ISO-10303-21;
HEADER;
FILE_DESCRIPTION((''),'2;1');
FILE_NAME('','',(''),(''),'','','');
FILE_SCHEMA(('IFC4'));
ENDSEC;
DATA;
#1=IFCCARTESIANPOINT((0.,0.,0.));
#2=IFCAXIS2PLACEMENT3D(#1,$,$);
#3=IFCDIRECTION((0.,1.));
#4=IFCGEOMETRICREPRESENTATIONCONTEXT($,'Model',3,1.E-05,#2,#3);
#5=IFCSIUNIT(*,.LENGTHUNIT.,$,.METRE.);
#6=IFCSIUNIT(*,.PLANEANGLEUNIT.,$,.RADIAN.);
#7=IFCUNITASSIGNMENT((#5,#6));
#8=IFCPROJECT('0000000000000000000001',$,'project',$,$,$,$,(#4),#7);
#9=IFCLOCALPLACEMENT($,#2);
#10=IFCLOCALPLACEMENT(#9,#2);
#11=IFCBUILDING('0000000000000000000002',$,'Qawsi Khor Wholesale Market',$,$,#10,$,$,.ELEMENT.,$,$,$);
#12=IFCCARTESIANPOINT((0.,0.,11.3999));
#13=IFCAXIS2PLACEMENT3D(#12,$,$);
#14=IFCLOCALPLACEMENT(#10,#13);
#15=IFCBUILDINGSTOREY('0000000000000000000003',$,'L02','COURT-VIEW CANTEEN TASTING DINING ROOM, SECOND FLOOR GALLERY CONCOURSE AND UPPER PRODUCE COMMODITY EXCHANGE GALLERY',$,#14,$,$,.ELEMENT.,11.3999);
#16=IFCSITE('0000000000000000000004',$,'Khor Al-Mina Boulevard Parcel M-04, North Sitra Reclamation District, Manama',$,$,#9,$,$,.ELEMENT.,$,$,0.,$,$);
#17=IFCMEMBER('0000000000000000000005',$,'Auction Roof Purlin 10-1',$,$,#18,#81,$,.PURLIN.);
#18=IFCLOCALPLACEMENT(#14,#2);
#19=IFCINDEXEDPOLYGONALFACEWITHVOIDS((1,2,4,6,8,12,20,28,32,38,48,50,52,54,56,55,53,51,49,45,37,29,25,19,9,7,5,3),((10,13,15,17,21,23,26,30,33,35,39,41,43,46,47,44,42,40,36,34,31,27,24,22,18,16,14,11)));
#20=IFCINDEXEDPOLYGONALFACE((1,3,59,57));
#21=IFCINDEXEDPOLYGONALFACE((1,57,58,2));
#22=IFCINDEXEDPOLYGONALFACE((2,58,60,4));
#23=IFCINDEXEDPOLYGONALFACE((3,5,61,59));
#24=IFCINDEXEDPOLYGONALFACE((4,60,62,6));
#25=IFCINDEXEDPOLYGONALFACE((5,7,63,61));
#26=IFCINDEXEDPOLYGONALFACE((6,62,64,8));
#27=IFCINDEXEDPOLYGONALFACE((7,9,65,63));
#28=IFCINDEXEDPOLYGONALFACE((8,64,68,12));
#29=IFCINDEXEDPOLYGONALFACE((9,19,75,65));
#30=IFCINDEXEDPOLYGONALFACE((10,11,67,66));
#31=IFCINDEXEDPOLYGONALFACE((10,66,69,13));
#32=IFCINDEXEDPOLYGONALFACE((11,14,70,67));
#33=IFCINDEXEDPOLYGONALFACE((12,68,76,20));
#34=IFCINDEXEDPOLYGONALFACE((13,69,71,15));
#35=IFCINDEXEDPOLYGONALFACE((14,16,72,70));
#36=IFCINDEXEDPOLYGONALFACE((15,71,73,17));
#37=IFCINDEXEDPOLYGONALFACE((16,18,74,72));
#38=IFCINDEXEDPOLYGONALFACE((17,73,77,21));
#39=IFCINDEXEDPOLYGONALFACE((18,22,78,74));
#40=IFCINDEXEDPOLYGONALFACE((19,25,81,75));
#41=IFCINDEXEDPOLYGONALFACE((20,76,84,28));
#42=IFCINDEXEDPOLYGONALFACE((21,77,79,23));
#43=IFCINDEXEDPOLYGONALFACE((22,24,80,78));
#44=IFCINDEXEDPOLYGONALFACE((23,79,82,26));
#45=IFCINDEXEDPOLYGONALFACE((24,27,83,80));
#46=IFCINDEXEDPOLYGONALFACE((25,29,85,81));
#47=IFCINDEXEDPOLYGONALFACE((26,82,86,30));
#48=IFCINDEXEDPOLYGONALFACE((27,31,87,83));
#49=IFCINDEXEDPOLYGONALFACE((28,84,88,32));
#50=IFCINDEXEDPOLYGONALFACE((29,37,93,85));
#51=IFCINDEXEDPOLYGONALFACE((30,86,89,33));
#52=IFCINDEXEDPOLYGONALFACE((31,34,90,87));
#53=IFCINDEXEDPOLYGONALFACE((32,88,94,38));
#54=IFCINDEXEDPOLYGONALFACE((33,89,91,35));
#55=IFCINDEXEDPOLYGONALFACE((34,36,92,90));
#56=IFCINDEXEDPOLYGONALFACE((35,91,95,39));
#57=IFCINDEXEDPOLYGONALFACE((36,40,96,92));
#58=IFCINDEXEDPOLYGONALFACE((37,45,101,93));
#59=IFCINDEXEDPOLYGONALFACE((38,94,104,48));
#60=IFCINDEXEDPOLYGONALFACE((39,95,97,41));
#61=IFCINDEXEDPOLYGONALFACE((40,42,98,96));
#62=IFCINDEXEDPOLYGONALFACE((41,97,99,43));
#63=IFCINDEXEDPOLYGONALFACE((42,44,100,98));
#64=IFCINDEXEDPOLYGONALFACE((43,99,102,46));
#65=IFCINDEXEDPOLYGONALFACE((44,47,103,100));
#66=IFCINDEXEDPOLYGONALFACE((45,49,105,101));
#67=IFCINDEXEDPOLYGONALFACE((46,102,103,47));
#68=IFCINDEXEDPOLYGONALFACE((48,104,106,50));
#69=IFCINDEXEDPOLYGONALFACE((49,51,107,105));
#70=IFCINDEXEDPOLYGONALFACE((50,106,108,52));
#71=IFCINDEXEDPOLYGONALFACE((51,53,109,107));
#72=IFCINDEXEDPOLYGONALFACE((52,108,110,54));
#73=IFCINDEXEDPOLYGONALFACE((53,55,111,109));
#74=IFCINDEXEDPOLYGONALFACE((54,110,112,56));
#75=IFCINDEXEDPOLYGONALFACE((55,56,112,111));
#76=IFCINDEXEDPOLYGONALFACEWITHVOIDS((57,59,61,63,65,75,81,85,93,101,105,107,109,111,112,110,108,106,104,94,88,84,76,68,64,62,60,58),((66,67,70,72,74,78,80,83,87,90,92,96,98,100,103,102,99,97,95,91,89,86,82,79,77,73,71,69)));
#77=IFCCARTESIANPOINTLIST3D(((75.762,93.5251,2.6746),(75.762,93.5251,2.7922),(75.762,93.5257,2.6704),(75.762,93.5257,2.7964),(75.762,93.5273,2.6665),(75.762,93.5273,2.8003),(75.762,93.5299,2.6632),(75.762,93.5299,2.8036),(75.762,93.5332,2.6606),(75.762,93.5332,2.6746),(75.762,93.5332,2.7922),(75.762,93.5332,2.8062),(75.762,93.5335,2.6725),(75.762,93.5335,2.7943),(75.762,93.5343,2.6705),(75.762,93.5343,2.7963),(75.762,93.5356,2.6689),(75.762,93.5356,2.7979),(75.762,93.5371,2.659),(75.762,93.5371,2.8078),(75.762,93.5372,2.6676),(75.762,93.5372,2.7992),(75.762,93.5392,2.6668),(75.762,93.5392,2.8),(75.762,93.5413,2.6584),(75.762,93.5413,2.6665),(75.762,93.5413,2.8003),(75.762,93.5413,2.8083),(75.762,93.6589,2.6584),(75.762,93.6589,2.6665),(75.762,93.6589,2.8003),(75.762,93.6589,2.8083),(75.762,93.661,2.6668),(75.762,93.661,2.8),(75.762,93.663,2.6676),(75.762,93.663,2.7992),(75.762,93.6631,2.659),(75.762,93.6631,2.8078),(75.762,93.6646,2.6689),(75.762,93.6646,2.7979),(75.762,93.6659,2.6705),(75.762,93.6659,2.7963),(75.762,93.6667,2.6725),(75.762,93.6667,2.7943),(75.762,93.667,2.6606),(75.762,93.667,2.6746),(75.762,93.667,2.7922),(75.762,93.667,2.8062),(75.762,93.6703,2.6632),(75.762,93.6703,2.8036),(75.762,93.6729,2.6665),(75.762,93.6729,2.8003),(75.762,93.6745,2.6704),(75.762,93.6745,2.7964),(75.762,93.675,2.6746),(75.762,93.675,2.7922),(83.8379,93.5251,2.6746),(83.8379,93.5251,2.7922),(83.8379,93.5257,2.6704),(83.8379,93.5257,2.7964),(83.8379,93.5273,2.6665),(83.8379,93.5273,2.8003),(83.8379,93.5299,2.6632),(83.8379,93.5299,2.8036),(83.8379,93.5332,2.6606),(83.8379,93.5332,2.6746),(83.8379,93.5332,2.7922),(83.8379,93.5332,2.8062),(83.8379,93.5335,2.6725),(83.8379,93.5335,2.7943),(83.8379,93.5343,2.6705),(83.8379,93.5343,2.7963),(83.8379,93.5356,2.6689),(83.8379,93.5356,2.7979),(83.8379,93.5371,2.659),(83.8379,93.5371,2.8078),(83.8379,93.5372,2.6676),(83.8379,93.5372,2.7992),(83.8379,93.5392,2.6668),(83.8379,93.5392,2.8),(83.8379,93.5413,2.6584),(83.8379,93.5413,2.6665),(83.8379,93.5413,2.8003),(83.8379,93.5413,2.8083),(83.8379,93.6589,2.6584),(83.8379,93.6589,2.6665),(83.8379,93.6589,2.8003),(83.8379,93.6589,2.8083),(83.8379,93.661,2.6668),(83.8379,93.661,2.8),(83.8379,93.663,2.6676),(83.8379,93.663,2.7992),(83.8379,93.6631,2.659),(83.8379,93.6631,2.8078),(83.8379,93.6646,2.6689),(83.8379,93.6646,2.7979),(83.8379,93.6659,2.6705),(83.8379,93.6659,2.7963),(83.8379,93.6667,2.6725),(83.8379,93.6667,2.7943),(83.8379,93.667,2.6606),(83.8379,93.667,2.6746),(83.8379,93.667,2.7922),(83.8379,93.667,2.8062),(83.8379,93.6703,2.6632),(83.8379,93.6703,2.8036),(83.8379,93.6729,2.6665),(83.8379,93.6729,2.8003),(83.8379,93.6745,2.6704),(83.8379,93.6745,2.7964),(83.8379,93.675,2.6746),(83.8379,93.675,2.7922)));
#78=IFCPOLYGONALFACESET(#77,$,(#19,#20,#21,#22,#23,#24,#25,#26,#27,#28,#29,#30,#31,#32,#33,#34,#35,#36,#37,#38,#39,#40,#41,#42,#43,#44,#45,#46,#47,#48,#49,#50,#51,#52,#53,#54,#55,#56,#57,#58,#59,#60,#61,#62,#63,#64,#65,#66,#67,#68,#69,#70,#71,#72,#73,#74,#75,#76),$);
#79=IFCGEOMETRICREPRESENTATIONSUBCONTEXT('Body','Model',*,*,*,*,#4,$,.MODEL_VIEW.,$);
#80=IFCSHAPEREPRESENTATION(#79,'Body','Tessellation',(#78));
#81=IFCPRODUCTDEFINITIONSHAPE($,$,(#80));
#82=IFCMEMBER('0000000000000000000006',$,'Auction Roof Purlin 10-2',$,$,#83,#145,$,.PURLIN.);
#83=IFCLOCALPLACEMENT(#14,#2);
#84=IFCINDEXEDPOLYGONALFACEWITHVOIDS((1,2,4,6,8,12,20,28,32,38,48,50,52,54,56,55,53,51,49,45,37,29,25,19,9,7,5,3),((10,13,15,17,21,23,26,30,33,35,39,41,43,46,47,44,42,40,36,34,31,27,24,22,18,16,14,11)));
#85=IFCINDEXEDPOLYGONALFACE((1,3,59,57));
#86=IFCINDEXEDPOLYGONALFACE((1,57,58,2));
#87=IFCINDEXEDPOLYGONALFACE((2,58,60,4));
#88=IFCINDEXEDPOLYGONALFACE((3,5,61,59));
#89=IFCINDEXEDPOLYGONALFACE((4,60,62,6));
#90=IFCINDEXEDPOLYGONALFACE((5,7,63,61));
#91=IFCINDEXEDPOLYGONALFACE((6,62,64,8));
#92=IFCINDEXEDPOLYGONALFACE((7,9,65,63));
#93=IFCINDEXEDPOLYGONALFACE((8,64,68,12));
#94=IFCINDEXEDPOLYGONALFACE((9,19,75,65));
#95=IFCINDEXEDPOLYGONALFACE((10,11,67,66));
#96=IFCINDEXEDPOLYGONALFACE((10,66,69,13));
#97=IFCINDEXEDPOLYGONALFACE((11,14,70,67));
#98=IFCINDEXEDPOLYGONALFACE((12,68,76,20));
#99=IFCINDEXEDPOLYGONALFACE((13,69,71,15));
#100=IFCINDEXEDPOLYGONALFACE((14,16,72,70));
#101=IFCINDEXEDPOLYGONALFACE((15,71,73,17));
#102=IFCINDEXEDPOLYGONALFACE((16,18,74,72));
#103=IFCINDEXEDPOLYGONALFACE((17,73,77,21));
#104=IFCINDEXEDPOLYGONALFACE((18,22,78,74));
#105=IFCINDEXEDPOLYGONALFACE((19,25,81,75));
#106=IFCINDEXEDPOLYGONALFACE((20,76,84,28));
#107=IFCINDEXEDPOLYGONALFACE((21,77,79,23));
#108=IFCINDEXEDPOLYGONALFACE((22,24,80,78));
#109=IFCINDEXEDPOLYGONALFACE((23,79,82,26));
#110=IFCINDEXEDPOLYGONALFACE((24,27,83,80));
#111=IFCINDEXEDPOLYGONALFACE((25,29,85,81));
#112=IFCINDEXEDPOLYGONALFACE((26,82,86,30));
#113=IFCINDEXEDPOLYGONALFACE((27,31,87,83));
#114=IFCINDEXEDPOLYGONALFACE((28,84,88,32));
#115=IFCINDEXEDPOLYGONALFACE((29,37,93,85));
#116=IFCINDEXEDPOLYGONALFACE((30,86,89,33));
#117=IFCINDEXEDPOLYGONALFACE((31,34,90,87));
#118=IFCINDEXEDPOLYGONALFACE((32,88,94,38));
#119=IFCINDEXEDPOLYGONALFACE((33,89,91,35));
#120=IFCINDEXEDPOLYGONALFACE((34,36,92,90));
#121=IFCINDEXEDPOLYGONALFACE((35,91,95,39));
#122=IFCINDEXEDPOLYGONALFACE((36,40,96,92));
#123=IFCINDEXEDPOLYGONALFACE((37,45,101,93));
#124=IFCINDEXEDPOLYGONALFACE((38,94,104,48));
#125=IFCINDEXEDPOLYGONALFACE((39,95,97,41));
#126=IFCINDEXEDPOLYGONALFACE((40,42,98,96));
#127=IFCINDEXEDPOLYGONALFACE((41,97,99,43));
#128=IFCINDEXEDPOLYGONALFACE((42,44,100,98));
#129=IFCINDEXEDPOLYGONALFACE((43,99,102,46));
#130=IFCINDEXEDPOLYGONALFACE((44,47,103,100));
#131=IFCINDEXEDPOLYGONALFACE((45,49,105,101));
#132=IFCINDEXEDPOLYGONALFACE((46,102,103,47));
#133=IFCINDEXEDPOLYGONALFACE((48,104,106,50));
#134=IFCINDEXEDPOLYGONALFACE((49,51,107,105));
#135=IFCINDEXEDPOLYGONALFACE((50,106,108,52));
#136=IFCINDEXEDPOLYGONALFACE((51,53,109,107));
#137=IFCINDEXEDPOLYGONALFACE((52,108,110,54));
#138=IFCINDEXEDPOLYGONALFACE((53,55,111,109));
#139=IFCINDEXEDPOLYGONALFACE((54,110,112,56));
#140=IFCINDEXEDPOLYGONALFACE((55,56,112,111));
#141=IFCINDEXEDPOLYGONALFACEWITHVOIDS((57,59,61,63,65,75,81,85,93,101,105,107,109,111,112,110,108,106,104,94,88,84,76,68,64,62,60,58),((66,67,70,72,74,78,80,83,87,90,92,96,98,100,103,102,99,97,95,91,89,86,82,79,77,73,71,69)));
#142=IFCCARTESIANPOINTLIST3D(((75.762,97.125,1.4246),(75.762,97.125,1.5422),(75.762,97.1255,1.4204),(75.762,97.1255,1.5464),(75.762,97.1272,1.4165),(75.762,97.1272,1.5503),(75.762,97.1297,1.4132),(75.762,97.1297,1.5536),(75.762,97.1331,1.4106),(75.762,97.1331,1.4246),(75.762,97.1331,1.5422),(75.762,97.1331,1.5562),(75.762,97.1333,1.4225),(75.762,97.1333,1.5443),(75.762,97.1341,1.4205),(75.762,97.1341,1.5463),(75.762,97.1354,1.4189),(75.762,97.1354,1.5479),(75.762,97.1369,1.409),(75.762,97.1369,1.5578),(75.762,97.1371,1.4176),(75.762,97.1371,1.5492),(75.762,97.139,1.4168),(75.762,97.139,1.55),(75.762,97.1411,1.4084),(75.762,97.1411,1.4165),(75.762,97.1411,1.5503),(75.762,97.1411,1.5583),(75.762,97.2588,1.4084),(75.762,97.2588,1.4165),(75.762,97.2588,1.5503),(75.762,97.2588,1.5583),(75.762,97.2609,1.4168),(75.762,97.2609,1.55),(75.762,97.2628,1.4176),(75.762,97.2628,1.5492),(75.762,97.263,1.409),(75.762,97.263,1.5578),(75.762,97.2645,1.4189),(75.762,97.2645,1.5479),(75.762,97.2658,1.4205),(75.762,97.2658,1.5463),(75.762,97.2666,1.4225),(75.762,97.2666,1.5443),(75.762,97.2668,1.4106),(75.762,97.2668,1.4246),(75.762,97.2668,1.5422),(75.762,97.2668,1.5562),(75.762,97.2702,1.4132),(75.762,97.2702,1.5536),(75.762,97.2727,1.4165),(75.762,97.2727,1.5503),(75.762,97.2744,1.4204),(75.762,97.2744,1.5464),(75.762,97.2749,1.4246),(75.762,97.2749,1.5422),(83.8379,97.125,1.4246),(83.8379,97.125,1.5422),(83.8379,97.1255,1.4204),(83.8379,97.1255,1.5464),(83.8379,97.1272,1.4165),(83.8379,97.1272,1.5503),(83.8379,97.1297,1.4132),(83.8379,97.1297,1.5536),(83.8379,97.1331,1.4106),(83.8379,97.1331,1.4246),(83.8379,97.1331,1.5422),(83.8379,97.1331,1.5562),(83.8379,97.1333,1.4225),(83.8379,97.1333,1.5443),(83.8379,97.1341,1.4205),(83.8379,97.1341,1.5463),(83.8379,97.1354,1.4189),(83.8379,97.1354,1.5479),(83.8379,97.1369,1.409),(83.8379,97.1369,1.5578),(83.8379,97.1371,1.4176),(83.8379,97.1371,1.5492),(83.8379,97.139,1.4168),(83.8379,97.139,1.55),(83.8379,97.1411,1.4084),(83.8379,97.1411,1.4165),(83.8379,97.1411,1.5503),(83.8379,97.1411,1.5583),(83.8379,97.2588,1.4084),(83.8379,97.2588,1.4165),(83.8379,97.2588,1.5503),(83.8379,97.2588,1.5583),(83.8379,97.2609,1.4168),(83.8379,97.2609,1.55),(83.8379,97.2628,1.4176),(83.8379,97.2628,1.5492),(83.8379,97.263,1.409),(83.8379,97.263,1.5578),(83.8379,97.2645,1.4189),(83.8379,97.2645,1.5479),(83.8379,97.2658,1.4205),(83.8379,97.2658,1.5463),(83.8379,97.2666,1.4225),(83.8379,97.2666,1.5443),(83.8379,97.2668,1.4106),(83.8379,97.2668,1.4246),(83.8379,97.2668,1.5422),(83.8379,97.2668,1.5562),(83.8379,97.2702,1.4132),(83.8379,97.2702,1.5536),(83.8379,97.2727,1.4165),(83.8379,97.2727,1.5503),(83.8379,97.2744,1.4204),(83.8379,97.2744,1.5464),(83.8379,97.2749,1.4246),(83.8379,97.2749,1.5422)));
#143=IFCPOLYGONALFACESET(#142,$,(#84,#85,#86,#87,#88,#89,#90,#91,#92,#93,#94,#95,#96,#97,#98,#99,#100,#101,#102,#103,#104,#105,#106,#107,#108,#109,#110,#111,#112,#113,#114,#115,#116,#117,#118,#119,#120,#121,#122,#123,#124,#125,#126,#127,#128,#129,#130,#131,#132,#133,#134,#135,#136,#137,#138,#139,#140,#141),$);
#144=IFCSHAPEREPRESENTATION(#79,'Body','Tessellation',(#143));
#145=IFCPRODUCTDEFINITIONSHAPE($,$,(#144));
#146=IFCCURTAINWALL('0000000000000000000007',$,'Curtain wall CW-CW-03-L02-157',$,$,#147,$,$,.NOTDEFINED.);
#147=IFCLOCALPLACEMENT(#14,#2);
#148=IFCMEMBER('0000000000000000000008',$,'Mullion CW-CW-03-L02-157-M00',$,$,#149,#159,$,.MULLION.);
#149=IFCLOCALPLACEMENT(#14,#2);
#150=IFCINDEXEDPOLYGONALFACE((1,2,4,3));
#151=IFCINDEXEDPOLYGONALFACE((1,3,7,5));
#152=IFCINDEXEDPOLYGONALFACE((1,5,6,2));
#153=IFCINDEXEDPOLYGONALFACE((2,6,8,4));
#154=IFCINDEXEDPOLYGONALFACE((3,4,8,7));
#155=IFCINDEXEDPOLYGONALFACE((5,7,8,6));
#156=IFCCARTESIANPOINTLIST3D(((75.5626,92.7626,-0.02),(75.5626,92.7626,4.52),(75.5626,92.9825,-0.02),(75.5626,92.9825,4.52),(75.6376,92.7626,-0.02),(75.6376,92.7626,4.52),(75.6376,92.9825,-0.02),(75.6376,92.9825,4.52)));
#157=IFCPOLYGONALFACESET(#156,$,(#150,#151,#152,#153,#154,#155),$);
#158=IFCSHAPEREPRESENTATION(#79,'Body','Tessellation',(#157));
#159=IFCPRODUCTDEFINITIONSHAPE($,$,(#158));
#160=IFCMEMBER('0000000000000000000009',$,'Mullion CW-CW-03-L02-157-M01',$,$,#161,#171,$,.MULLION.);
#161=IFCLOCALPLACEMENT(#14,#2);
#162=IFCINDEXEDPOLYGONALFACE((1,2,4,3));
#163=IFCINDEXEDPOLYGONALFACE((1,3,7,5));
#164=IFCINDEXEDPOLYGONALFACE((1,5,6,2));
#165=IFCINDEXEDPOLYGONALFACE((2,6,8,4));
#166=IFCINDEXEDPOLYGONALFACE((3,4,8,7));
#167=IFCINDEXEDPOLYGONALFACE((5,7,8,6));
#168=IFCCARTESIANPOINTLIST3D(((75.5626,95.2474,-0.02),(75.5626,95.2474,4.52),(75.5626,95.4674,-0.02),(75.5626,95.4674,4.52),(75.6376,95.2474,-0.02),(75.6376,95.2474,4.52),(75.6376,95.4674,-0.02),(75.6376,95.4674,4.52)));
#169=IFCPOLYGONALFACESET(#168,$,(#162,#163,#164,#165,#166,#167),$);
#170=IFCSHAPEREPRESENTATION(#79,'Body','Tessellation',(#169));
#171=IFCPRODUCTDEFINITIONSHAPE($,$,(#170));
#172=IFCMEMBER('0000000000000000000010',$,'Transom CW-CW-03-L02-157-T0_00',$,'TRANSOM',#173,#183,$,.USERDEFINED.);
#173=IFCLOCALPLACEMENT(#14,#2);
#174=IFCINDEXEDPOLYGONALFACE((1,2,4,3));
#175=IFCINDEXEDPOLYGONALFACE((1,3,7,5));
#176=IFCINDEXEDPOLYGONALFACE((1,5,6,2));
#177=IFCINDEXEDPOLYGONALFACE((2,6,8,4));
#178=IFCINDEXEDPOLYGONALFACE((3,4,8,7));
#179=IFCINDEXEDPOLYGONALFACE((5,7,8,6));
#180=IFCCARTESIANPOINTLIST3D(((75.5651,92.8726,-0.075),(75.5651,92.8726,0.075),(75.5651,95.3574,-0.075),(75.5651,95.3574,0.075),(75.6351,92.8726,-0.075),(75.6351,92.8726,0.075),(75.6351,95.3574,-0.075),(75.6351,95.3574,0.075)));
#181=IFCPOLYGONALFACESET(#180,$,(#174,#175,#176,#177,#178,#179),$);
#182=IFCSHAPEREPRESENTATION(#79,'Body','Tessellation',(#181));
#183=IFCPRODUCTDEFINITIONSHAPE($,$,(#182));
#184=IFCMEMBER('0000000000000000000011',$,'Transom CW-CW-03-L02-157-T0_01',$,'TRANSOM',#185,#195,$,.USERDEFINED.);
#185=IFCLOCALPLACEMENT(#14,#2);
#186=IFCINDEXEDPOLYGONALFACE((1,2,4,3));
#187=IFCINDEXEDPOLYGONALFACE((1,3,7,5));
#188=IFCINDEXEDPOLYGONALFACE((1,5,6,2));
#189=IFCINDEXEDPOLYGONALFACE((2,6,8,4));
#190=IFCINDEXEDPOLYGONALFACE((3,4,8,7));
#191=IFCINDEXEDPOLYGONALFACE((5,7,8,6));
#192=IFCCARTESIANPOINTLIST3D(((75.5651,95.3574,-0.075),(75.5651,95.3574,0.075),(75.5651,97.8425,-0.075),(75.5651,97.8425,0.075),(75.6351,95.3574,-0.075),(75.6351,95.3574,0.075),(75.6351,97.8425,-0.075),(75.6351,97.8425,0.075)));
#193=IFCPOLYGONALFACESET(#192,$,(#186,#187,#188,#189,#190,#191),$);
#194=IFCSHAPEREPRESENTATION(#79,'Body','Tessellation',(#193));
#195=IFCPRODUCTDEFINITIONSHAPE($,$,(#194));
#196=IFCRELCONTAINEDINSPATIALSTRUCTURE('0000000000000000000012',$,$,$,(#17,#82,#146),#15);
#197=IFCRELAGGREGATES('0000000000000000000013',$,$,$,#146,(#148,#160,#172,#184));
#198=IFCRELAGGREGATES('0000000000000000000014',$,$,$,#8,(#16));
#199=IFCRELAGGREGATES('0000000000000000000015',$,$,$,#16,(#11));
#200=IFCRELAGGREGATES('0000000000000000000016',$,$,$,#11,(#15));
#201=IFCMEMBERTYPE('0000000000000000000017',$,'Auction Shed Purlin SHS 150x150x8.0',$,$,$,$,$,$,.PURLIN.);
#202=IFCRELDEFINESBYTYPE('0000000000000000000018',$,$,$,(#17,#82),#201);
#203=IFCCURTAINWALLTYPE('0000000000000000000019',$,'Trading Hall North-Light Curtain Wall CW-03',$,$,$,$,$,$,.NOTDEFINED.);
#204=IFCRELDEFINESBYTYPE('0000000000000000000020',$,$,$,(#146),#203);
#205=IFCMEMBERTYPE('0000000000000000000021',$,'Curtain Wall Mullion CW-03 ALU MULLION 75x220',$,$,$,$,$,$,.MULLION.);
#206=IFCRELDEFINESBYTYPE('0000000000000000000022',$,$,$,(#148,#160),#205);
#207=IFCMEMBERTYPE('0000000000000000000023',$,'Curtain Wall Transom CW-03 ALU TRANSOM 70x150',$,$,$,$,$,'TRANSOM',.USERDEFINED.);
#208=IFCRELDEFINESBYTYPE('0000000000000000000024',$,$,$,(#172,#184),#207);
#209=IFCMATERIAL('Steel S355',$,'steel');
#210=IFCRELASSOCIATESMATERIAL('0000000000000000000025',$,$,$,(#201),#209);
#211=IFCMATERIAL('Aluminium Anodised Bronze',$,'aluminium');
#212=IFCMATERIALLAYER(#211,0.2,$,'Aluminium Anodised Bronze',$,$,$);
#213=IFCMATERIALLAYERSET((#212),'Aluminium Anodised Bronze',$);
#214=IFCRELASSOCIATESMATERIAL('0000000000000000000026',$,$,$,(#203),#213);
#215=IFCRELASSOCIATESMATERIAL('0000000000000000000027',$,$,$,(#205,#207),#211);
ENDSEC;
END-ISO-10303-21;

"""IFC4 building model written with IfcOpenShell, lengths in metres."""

from ifc_helpers import new_model, si_unit, direction, frame, origin, origin_2d, place, context, subcontext, project, spatial, rectangle, hollow_rectangle, extrude, material, layer, layer_set, material_profile, profile_set, type_object, element, aggregate, save


model = new_model("IFC4")

# Units and contexts
model_context = context("Model", 3, precision=1e-05, world=origin(), true_north=direction((0.0, 1.0)))
body_context = subcontext(model_context, "Body", "Model", "MODEL_VIEW")
ifc_project = project(units=[si_unit("LENGTHUNIT", "METRE"), si_unit("PLANEANGLEUNIT", "RADIAN")], contexts=[model_context])

# Site, building, storey
site_placement = place(None, origin())
site = spatial("IfcSite", under=ifc_project, at=site_placement, Name="Khor Al-Mina Boulevard Parcel M-04, North Sitra Reclamation District, Manama", CompositionType="ELEMENT", RefElevation=0.0)
building_placement = place(site_placement, origin())
building = spatial("IfcBuilding", under=site, at=building_placement, Name="Qawsi Khor Wholesale Market", CompositionType="ELEMENT")
storey_placement = place(building_placement, frame((0.0, 0.0, 11.3999)))
storey = spatial("IfcBuildingStorey", under=building, at=storey_placement, Name="L02", Description="COURT-VIEW CANTEEN TASTING DINING ROOM, SECOND FLOOR GALLERY CONCOURSE AND UPPER PRODUCE COMMODITY EXCHANGE GALLERY", CompositionType="ELEMENT", Elevation=11.3999)

# Members
ifc_material_1 = material(Name="Steel S355", Category="steel")
ifc_material_profile_1 = material_profile(ifc_material_1, hollow_rectangle(XDim=0.1499, YDim=0.1499, WallThickness=0.0081, InnerFilletRadius=0.0081, OuterFilletRadius=0.0161, at=origin_2d()), Name="SHS 150x150x8.0")
ifc_profile_set_1 = profile_set([ifc_material_profile_1], Name="Steel S355")
member_type_1 = type_object("IfcMemberType", Name="Auction Shed Purlin SHS 150x150x8.0", PredefinedType="PURLIN", material=ifc_profile_set_1)
for number, where, z_axis, x_axis, name in (
    (1, (75.762, 93.6001, 2.7334), (1.0, 0.0, 0.0), (0.0, 1.0, 0.0), "Auction Roof Purlin 10-1"),
    (2, (75.762, 97.2, 1.4834), (1.0, 0.0, 0.0), (0.0, 1.0, 0.0), "Auction Roof Purlin 10-2"),
):
    element("IfcMember", number, at=place(storey_placement, frame(where, z_axis=z_axis, x_axis=x_axis)), inside=storey, type_object=member_type_1, Name=name, PredefinedType="PURLIN", context=body_context, shape_type="SweptSolid", body=[
        extrude(hollow_rectangle(XDim=0.1499, YDim=0.1499, WallThickness=0.0081, InnerFilletRadius=0.0081, OuterFilletRadius=0.0161, at=origin_2d()), origin(), (0.0, 0.0, 1.0), 8.0759),
    ])

# Curtain wall, members
ifc_material_2 = material(Name="Aluminium Anodised Bronze", Category="aluminium")
ifc_layer_1 = layer(ifc_material_2, 0.2, Name="Aluminium Anodised Bronze")
ifc_layer_set_1 = layer_set([ifc_layer_1], Name="Aluminium Anodised Bronze")
curtain_wall_type = type_object("IfcCurtainWallType", Name="Trading Hall North-Light Curtain Wall CW-03", PredefinedType="NOTDEFINED", material=ifc_layer_set_1)
curtain_wall_placement = place(storey_placement, origin())
curtain_wall = element("IfcCurtainWall", 3, at=curtain_wall_placement, inside=storey, type_object=curtain_wall_type, Name="Curtain wall CW-CW-03-L02-157", PredefinedType="NOTDEFINED")
ifc_material_profile_2 = material_profile(ifc_material_2, rectangle(XDim=0.075, YDim=0.22, at=origin_2d()), Name="ALU MULLION 75x220")
ifc_profile_set_2 = profile_set([ifc_material_profile_2], Name="Aluminium Anodised Bronze")
member_type_2 = type_object("IfcMemberType", Name="Curtain Wall Mullion CW-03 ALU MULLION 75x220", PredefinedType="MULLION", material=ifc_profile_set_2)
member_1_placement = place(storey_placement, frame((75.6001, 92.8726, -0.02), z_axis=(0.0, 0.0, 1.0), x_axis=(1.0, 0.0, 0.0)))
member_1 = element("IfcMember", 4, at=member_1_placement, type_object=member_type_2, Name="Mullion CW-CW-03-L02-157-M00", PredefinedType="MULLION", context=body_context, shape_type="SweptSolid", body=[
    extrude(rectangle(XDim=0.075, YDim=0.22, at=origin_2d()), origin(), (0.0, 0.0, 1.0), 4.54),
])
member_2_placement = place(storey_placement, frame((75.6001, 95.3574, -0.02), z_axis=(0.0, 0.0, 1.0), x_axis=(1.0, 0.0, 0.0)))
member_2 = element("IfcMember", 5, at=member_2_placement, type_object=member_type_2, Name="Mullion CW-CW-03-L02-157-M01", PredefinedType="MULLION", context=body_context, shape_type="SweptSolid", body=[
    extrude(rectangle(XDim=0.075, YDim=0.22, at=origin_2d()), origin(), (0.0, 0.0, 1.0), 4.54),
])
ifc_material_profile_3 = material_profile(ifc_material_2, rectangle(XDim=0.0701, YDim=0.1499, at=origin_2d()), Name="ALU TRANSOM 70x150")
ifc_profile_set_3 = profile_set([ifc_material_profile_3], Name="Aluminium Anodised Bronze")
member_type_3 = type_object("IfcMemberType", Name="Curtain Wall Transom CW-03 ALU TRANSOM 70x150", ElementType="TRANSOM", PredefinedType="USERDEFINED", material=ifc_profile_set_3)
member_3_placement = place(storey_placement, frame((75.6001, 92.8726, 0.0), z_axis=(0.0, 1.0, 0.0), x_axis=(-1.0, 0.0, 0.0)))
member_3 = element("IfcMember", 6, at=member_3_placement, type_object=member_type_3, Name="Transom CW-CW-03-L02-157-T0_00", ObjectType="TRANSOM", PredefinedType="USERDEFINED", context=body_context, shape_type="SweptSolid", body=[
    extrude(rectangle(XDim=0.0701, YDim=0.1499, at=origin_2d()), origin(), (0.0, 0.0, 1.0), 2.4849),
])
member_4_placement = place(storey_placement, frame((75.6001, 95.3574, 0.0), z_axis=(0.0, 1.0, 0.0), x_axis=(-1.0, 0.0, 0.0)))
member_4 = element("IfcMember", 7, at=member_4_placement, type_object=member_type_3, Name="Transom CW-CW-03-L02-157-T0_01", ObjectType="TRANSOM", PredefinedType="USERDEFINED", context=body_context, shape_type="SweptSolid", body=[
    extrude(rectangle(XDim=0.0701, YDim=0.1499, at=origin_2d()), origin(), (0.0, 0.0, 1.0), 2.4851),
])
aggregate(curtain_wall, [member_1, member_2, member_3, member_4])

save(model, "model.ifc")
